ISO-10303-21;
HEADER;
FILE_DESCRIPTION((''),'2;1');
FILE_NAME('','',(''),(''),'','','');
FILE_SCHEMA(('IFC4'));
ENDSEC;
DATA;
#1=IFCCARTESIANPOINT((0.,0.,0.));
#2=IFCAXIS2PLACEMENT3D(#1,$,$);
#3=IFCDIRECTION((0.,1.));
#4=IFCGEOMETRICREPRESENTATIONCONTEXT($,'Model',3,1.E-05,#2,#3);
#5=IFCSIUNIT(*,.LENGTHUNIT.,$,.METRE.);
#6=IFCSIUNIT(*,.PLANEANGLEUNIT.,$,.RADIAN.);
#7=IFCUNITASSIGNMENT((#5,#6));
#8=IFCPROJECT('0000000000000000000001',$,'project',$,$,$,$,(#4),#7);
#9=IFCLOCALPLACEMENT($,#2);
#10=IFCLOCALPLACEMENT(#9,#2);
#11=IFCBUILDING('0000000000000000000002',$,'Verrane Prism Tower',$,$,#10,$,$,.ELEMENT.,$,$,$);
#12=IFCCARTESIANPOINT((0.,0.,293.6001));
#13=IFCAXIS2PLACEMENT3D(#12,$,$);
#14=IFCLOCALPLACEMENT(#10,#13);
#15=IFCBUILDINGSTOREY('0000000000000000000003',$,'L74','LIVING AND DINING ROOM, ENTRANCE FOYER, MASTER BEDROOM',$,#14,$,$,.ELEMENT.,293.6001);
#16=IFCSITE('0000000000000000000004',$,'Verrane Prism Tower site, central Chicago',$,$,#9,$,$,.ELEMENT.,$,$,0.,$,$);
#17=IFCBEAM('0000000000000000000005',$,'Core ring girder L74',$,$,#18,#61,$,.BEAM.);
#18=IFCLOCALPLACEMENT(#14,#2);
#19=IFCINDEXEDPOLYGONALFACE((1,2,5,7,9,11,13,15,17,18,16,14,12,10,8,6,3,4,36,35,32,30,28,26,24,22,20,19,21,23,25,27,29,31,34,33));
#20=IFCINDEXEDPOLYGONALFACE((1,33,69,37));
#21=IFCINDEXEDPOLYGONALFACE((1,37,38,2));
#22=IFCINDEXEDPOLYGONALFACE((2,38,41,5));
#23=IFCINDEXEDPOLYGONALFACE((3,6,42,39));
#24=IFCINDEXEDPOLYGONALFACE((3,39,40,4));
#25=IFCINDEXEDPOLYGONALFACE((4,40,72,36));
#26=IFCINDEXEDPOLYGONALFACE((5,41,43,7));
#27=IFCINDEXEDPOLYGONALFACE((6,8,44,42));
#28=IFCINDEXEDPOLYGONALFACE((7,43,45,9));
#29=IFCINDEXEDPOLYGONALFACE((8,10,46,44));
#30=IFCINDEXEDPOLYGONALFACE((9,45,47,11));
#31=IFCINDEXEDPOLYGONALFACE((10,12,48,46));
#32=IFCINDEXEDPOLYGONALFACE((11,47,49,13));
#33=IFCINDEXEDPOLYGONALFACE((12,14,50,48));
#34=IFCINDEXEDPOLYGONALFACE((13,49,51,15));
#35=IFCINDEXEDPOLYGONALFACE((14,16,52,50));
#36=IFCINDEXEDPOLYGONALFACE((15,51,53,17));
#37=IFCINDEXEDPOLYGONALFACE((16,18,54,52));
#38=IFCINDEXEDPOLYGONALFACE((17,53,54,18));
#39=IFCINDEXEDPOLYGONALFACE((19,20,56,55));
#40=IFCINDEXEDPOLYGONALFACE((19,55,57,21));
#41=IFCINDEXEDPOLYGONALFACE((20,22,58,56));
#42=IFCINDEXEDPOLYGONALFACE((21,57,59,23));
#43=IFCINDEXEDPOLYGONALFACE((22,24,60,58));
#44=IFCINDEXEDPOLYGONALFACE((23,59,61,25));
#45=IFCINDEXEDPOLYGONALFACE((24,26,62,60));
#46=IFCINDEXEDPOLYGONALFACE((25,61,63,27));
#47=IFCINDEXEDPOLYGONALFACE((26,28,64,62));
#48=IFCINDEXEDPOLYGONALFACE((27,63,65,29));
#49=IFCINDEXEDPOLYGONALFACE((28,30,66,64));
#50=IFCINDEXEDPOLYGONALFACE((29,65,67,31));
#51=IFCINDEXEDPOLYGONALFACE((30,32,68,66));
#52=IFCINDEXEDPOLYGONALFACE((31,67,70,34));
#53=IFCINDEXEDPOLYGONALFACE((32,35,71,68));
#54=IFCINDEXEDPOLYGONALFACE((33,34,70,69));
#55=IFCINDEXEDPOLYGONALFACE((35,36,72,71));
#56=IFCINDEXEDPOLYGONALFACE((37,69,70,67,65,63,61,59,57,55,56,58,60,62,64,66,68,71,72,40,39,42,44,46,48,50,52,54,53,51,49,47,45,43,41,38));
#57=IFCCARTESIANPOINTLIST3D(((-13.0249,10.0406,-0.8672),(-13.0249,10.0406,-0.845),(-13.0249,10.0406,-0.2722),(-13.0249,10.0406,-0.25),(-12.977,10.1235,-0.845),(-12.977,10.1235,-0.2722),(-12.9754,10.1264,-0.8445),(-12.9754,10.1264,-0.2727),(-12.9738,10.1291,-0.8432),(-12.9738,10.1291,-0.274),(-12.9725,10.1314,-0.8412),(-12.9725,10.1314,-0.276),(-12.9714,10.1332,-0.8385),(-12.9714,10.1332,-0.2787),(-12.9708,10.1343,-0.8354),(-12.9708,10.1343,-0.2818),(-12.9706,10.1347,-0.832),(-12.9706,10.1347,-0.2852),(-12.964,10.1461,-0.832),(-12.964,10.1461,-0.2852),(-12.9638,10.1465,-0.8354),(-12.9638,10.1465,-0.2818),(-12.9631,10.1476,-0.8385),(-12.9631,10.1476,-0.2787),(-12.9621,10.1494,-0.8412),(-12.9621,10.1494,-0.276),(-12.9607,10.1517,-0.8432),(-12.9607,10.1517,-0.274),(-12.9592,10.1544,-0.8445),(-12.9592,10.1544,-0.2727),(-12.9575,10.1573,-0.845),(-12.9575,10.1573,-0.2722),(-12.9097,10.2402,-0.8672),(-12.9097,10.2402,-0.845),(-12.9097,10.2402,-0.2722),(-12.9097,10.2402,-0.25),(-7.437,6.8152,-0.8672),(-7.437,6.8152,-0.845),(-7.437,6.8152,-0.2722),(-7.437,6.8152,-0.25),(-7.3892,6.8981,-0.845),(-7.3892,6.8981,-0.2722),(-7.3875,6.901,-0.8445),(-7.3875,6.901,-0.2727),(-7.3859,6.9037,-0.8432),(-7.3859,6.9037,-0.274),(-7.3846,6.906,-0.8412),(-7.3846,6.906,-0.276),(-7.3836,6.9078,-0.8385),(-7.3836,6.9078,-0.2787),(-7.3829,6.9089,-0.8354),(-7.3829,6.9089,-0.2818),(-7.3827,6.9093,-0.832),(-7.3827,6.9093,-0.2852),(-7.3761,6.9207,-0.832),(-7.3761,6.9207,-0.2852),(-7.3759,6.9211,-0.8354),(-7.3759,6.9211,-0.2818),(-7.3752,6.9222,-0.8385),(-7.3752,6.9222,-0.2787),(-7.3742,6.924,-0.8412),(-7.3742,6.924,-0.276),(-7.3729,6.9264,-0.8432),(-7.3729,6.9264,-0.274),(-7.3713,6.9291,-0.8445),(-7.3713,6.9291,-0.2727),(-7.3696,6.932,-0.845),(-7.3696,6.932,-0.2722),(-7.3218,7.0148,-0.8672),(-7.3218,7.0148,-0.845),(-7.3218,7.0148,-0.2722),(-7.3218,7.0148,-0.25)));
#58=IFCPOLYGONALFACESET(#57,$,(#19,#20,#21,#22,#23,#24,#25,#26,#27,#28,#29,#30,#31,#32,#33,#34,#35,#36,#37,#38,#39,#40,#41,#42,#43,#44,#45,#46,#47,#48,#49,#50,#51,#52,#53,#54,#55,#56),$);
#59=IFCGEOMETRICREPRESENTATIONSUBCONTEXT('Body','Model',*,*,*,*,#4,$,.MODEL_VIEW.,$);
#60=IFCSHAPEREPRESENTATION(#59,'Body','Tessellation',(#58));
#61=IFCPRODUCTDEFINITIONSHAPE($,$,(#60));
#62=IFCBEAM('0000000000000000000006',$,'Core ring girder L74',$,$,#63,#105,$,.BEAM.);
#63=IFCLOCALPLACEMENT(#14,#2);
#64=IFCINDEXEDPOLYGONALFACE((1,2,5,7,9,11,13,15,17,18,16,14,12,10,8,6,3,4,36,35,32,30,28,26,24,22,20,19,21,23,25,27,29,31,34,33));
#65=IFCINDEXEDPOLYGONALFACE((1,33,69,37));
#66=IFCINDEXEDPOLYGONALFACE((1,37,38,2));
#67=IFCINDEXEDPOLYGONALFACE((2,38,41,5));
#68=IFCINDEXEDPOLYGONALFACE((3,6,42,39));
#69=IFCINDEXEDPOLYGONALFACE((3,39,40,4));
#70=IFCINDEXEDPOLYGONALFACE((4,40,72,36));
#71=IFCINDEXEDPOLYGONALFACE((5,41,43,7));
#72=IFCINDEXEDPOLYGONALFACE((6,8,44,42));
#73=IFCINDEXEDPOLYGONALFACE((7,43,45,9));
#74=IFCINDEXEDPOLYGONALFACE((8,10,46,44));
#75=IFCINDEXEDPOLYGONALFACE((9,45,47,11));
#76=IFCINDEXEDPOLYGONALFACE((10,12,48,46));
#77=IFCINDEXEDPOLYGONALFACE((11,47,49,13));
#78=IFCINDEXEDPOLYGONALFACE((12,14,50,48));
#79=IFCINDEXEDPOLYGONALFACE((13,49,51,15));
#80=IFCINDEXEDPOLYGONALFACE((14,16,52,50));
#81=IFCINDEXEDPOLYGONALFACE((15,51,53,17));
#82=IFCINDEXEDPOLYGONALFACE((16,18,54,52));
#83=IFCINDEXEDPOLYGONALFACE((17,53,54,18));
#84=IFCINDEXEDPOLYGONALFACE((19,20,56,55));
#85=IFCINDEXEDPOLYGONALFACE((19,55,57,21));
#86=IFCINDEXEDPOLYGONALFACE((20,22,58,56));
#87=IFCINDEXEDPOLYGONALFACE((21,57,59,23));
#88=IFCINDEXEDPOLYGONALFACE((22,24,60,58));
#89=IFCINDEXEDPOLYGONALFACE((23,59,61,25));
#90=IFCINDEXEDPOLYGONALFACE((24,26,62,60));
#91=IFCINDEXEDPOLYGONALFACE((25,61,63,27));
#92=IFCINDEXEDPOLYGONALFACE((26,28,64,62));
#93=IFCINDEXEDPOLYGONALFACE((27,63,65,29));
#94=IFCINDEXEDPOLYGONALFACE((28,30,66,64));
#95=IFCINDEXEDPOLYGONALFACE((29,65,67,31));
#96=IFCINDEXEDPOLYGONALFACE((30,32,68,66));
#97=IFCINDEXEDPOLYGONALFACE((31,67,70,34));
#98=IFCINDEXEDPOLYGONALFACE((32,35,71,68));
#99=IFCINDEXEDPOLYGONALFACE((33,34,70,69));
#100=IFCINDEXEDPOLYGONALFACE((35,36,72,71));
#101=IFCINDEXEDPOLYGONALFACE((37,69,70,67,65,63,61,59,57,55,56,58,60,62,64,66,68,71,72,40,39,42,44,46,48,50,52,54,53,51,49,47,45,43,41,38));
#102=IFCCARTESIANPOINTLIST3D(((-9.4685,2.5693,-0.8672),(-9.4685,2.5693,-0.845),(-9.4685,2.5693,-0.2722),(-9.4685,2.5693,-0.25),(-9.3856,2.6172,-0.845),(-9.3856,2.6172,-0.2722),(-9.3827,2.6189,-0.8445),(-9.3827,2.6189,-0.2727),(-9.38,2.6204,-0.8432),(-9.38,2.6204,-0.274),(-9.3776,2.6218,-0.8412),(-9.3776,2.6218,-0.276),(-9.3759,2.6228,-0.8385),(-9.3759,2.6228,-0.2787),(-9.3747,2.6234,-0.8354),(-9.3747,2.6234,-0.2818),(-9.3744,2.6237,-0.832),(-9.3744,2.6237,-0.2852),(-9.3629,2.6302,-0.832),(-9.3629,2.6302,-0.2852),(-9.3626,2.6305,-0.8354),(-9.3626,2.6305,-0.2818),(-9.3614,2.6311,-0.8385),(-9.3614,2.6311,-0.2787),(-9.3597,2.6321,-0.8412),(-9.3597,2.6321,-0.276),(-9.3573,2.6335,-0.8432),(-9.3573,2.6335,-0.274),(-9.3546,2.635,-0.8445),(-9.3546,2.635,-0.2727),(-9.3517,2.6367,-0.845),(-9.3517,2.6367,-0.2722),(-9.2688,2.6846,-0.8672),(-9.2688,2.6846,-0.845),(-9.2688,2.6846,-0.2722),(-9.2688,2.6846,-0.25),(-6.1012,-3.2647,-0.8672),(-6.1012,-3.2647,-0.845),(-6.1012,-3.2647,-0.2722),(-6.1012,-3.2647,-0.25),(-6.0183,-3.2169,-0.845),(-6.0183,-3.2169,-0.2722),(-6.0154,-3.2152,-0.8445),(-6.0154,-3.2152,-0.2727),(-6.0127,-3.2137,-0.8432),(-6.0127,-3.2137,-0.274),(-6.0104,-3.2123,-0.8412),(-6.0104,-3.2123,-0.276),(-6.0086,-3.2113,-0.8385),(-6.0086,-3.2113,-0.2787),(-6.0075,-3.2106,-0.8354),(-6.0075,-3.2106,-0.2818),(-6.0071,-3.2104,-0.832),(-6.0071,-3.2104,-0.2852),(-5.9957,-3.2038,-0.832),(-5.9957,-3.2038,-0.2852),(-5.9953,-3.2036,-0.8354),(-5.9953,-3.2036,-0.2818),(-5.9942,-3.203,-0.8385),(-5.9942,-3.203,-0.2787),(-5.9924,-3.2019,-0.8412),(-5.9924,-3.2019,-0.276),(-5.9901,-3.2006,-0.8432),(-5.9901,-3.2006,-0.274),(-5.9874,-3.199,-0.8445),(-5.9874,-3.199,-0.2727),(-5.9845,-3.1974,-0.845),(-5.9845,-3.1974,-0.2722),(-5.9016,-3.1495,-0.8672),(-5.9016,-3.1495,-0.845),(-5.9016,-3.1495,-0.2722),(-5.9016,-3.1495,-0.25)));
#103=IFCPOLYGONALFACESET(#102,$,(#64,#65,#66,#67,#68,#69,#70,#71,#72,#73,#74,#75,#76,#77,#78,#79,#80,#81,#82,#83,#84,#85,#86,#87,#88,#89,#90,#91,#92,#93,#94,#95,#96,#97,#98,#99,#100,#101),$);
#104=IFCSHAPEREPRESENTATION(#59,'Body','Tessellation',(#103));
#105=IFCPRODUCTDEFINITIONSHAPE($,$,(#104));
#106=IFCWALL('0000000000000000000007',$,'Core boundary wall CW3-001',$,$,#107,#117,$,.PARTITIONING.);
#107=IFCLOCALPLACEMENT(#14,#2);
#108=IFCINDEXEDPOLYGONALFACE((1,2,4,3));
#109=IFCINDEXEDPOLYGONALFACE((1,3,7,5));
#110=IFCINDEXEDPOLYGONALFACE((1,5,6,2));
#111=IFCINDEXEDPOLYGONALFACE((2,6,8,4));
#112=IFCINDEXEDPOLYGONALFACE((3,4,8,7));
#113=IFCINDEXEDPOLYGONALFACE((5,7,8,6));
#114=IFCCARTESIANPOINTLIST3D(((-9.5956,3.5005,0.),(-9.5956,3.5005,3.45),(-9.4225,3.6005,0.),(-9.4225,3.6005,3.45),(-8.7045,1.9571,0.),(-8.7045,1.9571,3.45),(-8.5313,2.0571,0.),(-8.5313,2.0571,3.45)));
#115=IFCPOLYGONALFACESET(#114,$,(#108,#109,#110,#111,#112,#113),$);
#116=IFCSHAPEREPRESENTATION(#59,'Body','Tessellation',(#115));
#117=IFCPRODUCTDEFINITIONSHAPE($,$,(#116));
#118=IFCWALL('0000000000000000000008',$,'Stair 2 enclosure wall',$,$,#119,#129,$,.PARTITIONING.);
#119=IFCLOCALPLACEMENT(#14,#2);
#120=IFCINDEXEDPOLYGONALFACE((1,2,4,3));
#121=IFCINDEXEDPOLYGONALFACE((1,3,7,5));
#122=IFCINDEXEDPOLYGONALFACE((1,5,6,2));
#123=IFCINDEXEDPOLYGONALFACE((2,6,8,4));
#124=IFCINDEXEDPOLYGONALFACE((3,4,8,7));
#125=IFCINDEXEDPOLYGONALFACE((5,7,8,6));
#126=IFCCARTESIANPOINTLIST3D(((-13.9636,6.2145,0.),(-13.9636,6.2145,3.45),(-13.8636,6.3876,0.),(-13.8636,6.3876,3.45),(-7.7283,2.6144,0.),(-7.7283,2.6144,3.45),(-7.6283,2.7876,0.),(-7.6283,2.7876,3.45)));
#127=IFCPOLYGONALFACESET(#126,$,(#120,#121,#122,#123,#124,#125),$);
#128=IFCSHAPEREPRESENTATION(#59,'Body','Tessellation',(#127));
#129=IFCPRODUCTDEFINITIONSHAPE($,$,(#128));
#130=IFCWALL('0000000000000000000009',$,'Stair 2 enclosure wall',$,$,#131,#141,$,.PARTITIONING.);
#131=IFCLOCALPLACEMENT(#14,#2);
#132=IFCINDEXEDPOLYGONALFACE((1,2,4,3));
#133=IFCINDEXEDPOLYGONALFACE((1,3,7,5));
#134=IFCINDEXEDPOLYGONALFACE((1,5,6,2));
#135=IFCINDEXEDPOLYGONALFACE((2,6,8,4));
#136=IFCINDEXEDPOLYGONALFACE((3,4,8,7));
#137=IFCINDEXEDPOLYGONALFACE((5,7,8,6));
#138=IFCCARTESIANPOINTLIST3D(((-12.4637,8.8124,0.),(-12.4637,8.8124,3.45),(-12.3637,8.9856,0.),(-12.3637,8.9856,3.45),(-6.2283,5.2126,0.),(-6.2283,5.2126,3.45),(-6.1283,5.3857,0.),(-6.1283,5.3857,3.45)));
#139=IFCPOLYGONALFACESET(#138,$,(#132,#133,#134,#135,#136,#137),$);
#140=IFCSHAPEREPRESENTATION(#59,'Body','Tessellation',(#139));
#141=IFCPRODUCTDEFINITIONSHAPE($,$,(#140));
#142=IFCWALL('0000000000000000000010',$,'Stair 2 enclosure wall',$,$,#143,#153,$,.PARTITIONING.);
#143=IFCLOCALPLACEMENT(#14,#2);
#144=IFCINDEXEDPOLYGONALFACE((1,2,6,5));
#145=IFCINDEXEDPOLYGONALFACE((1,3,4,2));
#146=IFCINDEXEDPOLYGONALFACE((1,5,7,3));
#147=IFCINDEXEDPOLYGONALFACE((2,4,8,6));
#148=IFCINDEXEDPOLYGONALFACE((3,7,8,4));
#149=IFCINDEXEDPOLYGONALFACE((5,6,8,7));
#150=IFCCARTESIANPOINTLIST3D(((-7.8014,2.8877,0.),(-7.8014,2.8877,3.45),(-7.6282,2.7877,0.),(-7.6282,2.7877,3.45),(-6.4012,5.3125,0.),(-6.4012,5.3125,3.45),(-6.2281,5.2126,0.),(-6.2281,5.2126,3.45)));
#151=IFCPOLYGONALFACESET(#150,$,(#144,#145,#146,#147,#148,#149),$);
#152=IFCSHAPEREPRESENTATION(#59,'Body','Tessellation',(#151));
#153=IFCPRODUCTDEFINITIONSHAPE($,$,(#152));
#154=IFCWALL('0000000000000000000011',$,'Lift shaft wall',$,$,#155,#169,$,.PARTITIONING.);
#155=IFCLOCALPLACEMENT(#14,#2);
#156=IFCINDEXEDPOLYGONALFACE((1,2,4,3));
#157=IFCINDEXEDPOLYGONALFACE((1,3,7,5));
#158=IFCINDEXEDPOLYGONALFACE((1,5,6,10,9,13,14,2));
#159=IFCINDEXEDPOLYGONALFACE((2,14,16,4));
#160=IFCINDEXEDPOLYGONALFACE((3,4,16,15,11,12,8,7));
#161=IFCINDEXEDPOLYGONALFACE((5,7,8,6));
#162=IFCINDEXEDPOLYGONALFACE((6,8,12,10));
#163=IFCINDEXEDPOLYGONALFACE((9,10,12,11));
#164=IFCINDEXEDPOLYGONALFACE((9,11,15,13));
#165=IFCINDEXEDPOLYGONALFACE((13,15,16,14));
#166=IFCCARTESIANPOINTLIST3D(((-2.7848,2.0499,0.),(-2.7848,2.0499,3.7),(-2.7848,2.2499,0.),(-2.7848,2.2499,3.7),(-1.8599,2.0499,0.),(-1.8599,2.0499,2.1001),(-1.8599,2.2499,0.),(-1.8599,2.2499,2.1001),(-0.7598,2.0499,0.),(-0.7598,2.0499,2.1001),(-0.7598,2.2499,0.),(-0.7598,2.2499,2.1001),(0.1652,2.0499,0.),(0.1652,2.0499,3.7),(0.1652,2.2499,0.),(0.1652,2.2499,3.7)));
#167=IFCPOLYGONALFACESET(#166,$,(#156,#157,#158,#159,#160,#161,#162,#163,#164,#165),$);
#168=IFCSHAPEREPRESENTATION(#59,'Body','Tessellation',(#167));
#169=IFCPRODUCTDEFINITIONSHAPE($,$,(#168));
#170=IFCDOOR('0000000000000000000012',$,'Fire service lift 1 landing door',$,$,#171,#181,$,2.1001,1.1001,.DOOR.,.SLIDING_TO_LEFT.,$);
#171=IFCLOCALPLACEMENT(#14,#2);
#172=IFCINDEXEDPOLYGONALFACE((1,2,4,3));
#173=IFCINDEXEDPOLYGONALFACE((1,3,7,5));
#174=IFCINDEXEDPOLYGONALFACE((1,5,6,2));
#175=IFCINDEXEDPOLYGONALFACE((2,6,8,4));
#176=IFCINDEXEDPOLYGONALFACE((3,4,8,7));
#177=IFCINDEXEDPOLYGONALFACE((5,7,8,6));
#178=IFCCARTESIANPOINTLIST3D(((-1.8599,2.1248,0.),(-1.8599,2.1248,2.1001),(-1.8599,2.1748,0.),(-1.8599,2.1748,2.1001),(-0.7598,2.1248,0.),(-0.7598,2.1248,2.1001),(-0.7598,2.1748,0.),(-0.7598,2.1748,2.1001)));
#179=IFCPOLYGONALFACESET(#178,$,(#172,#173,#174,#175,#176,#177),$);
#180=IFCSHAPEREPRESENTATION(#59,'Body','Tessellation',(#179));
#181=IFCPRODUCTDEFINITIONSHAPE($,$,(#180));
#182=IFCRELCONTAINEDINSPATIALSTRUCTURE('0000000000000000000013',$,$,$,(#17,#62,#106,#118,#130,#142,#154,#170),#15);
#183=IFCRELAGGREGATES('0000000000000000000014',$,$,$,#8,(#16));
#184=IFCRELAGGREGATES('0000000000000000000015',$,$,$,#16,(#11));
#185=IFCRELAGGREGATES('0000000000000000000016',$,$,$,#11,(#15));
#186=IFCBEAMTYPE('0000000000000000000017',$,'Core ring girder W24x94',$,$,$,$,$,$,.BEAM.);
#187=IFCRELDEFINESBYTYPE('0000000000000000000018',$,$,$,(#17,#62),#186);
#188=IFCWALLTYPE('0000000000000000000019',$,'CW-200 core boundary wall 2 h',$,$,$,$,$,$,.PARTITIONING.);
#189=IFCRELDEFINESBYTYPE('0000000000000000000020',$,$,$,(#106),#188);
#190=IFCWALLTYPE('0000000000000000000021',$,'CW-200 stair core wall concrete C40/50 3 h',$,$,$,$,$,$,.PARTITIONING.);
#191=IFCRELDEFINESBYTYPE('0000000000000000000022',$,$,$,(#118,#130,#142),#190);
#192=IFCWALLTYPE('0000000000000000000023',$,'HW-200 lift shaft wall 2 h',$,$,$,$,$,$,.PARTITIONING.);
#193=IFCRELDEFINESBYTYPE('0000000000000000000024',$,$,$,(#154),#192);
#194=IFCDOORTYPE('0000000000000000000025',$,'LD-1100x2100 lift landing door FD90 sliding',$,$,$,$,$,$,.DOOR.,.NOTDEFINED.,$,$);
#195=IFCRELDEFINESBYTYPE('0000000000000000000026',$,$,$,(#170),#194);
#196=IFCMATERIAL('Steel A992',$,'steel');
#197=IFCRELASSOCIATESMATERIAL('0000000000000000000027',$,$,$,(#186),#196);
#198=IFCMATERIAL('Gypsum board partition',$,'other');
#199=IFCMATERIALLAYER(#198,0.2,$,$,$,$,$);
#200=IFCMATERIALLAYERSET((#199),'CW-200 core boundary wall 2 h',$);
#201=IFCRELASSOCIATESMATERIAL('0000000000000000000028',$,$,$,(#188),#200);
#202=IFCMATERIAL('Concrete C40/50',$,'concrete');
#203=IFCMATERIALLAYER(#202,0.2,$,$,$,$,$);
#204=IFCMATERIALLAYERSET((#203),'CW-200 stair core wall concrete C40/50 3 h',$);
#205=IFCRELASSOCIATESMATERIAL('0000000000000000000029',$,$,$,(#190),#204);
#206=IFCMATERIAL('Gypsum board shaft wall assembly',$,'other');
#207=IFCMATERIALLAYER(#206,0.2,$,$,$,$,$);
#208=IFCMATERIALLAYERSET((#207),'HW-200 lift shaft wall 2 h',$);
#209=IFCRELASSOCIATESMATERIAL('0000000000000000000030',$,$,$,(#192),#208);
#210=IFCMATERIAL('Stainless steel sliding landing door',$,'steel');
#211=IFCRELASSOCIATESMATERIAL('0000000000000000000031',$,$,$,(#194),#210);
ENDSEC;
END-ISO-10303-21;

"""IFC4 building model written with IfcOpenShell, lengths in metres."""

from ifc_helpers import new_model, si_unit, direction, frame, frame_2d, origin, origin_2d, place, context, subcontext, project, spatial, rectangle, i_section, extrude, material, layer, layer_set, material_profile, profile_set, type_object, element, fill, save


model = new_model("IFC4")

# Units and contexts
model_context = context("Model", 3, precision=1e-05, world=origin(), true_north=direction((0.0, 1.0)))
body_context = subcontext(model_context, "Body", "Model", "MODEL_VIEW")
ifc_project = project(units=[si_unit("LENGTHUNIT", "METRE"), si_unit("PLANEANGLEUNIT", "RADIAN")], contexts=[model_context])

# Site, building, storey
site_placement = place(None, origin())
site = spatial("IfcSite", under=ifc_project, at=site_placement, Name="Verrane Prism Tower site, central Chicago", CompositionType="ELEMENT", RefElevation=0.0)
building_placement = place(site_placement, origin())
building = spatial("IfcBuilding", under=site, at=building_placement, Name="Verrane Prism Tower", CompositionType="ELEMENT")
storey_placement = place(building_placement, frame((0.0, 0.0, 293.6001)))
storey = spatial("IfcBuildingStorey", under=building, at=storey_placement, Name="L74", Description="LIVING AND DINING ROOM, ENTRANCE FOYER, MASTER BEDROOM", CompositionType="ELEMENT", Elevation=293.6001)

# Beams
ifc_material_1 = material(Name="Steel A992", Category="steel")
ifc_material_profile_1 = material_profile(ifc_material_1, i_section(OverallWidth=0.2305, OverallDepth=0.6172, WebThickness=0.0132, FlangeThickness=0.0222, FilletRadius=0.0129, at=origin_2d()), Name="W24x94")
ifc_profile_set_1 = profile_set([ifc_material_profile_1], Name="Steel A992")
beam_type = type_object("IfcBeamType", Name="Core ring girder W24x94", PredefinedType="BEAM", material=ifc_profile_set_1)
beam_1_placement = place(storey_placement, frame((-7.3794, 6.915, -0.5586), z_axis=(-0.866081, 0.499904, 0.0), x_axis=(-0.499904, -0.866081, 0.0)))
element("IfcBeam", 1, at=beam_1_placement, inside=storey, type_object=beam_type, Name="Core ring girder L74", PredefinedType="BEAM", context=body_context, shape_type="SweptSolid", body=[
    extrude(i_section(OverallWidth=0.2305, OverallDepth=0.6172, WebThickness=0.0132, FlangeThickness=0.0222, FilletRadius=0.0129, at=origin_2d()), origin(), (0.0, 0.0, 1.0), 6.4519),
])
beam_2_placement = place(storey_placement, frame((-9.3687, 2.627, -0.5586), z_axis=(0.499881, -0.866094, 0.0), x_axis=(0.866094, 0.499881, 0.0)))
element("IfcBeam", 2, at=beam_2_placement, inside=storey, type_object=beam_type, Name="Core ring girder L74", PredefinedType="BEAM", context=body_context, shape_type="SweptSolid", body=[
    extrude(i_section(OverallWidth=0.2305, OverallDepth=0.6172, WebThickness=0.0132, FlangeThickness=0.0222, FilletRadius=0.0129, at=origin_2d()), origin(), (0.0, 0.0, 1.0), 6.7361),
])

# Walls
ifc_material_2 = material(Name="Gypsum board partition", Category="other")
ifc_layer_1 = layer(ifc_material_2, 0.2)
ifc_layer_set_1 = layer_set([ifc_layer_1], Name="CW-200 core boundary wall 2 h")
wall_type_1 = type_object("IfcWallType", Name="CW-200 core boundary wall 2 h", PredefinedType="PARTITIONING", material=ifc_layer_set_1)
wall_1_placement = place(storey_placement, frame((-9.509, 3.5505, 0.0), z_axis=(0.0, 0.0, 1.0), x_axis=(0.499999, -0.866026, 0.0)))
element("IfcWall", 3, at=wall_1_placement, inside=storey, type_object=wall_type_1, Name="Core boundary wall CW3-001", PredefinedType="PARTITIONING", context=body_context, shape_type="SweptSolid", body=[
    extrude(rectangle(XDim=1.7822, YDim=0.2, at=frame_2d((0.8911, 0.0))), origin(), (0.0, 0.0, 1.0), 3.45),
])
ifc_material_3 = material(Name="Concrete C40/50", Category="concrete")
ifc_layer_2 = layer(ifc_material_3, 0.2)
ifc_layer_set_2 = layer_set([ifc_layer_2], Name="CW-200 stair core wall concrete C40/50 3 h")
wall_type_2 = type_object("IfcWallType", Name="CW-200 stair core wall concrete C40/50 3 h", PredefinedType="PARTITIONING", material=ifc_layer_set_2)
for number, where, z_axis, x_axis, name in (
    (4, (-7.6782, 2.7009, 0.0), (0.0, 0.0, 1.0), (-0.866018, 0.500012, 0.0), "Stair 2 enclosure wall"),
    (5, (-6.1782, 5.2991, 0.0), (0.0, 0.0, 1.0), (-0.866033, 0.499987, 0.0), "Stair 2 enclosure wall"),
):
    element("IfcWall", number, at=place(storey_placement, frame(where, z_axis=z_axis, x_axis=x_axis)), inside=storey, type_object=wall_type_2, Name=name, PredefinedType="PARTITIONING", context=body_context, shape_type="SweptSolid", body=[
        extrude(rectangle(XDim=7.2, YDim=0.2, at=frame_2d((3.6001, 0.0))), origin(), (0.0, 0.0, 1.0), 3.45),
    ])
wall_2_placement = place(storey_placement, frame((-6.3147, 5.2625, 0.0), z_axis=(0.0, 0.0, 1.0), x_axis=(-0.50005, -0.865997, 0.0)))
element("IfcWall", 6, at=wall_2_placement, inside=storey, type_object=wall_type_2, Name="Stair 2 enclosure wall", PredefinedType="PARTITIONING", context=body_context, shape_type="SweptSolid", body=[
    extrude(rectangle(XDim=2.8, YDim=0.2, at=frame_2d((1.3999, 0.0))), origin(), (0.0, 0.0, 1.0), 3.45),
])

# Wall, opening, door
ifc_material_4 = material(Name="Gypsum board shaft wall assembly", Category="other")
ifc_layer_3 = layer(ifc_material_4, 0.2)
ifc_layer_set_3 = layer_set([ifc_layer_3], Name="HW-200 lift shaft wall 2 h")
wall_type_3 = type_object("IfcWallType", Name="HW-200 lift shaft wall 2 h", PredefinedType="PARTITIONING", material=ifc_layer_set_3)
wall_3_placement = place(storey_placement, frame((-2.7849, 2.1499, 0.0), z_axis=(0.0, 0.0, 1.0), x_axis=(1.0, 0.0, 0.0)))
wall_3 = element("IfcWall", 7, at=wall_3_placement, inside=storey, type_object=wall_type_3, Name="Lift shaft wall", PredefinedType="PARTITIONING", context=body_context, shape_type="SweptSolid", body=[
    extrude(rectangle(XDim=2.95, YDim=0.2, at=frame_2d((1.4751, 0.0))), origin(), (0.0, 0.0, 1.0), 3.7),
])
opening_1_placement = place(wall_3_placement, frame((0.925, 0.0, 0.0)))
opening_1 = element("IfcOpeningElement", 8, at=opening_1_placement, cuts=wall_3, PredefinedType="OPENING", context=body_context, shape_type="SweptSolid", body=[
    extrude(rectangle(XDim=1.1001, YDim=2.1001, at=frame_2d((0.55, 1.05))), frame((0.0, 0.1099, 0.0), z_axis=(0.0, -1.0, 0.0), x_axis=(1.0, 0.0, 0.0)), (0.0, 0.0, 1.0), 0.22),
])
ifc_material_5 = material(Name="Stainless steel sliding landing door", Category="steel")
door_type_1 = type_object("IfcDoorType", Name="LD-1100x2100 lift landing door FD90 sliding", OperationType="NOTDEFINED", PredefinedType="DOOR", material=ifc_material_5)
door_1_placement = place(opening_1_placement, origin())
door_1 = element("IfcDoor", 9, at=door_1_placement, inside=storey, type_object=door_type_1, Name="Fire service lift 1 landing door", OperationType="SLIDING_TO_LEFT", OverallHeight=2.1001, OverallWidth=1.1001, PredefinedType="DOOR", context=body_context, shape_type="SweptSolid", body=[
    extrude(rectangle(XDim=1.1001, YDim=2.1001, at=frame_2d((0.55, 1.05))), frame((0.0, 0.0249, 0.0), z_axis=(0.0, -1.0, 0.0), x_axis=(1.0, 0.0, 0.0)), (0.0, 0.0, 1.0), 0.05),
])
fill(opening_1, door_1)

save(model, "model.ifc")
